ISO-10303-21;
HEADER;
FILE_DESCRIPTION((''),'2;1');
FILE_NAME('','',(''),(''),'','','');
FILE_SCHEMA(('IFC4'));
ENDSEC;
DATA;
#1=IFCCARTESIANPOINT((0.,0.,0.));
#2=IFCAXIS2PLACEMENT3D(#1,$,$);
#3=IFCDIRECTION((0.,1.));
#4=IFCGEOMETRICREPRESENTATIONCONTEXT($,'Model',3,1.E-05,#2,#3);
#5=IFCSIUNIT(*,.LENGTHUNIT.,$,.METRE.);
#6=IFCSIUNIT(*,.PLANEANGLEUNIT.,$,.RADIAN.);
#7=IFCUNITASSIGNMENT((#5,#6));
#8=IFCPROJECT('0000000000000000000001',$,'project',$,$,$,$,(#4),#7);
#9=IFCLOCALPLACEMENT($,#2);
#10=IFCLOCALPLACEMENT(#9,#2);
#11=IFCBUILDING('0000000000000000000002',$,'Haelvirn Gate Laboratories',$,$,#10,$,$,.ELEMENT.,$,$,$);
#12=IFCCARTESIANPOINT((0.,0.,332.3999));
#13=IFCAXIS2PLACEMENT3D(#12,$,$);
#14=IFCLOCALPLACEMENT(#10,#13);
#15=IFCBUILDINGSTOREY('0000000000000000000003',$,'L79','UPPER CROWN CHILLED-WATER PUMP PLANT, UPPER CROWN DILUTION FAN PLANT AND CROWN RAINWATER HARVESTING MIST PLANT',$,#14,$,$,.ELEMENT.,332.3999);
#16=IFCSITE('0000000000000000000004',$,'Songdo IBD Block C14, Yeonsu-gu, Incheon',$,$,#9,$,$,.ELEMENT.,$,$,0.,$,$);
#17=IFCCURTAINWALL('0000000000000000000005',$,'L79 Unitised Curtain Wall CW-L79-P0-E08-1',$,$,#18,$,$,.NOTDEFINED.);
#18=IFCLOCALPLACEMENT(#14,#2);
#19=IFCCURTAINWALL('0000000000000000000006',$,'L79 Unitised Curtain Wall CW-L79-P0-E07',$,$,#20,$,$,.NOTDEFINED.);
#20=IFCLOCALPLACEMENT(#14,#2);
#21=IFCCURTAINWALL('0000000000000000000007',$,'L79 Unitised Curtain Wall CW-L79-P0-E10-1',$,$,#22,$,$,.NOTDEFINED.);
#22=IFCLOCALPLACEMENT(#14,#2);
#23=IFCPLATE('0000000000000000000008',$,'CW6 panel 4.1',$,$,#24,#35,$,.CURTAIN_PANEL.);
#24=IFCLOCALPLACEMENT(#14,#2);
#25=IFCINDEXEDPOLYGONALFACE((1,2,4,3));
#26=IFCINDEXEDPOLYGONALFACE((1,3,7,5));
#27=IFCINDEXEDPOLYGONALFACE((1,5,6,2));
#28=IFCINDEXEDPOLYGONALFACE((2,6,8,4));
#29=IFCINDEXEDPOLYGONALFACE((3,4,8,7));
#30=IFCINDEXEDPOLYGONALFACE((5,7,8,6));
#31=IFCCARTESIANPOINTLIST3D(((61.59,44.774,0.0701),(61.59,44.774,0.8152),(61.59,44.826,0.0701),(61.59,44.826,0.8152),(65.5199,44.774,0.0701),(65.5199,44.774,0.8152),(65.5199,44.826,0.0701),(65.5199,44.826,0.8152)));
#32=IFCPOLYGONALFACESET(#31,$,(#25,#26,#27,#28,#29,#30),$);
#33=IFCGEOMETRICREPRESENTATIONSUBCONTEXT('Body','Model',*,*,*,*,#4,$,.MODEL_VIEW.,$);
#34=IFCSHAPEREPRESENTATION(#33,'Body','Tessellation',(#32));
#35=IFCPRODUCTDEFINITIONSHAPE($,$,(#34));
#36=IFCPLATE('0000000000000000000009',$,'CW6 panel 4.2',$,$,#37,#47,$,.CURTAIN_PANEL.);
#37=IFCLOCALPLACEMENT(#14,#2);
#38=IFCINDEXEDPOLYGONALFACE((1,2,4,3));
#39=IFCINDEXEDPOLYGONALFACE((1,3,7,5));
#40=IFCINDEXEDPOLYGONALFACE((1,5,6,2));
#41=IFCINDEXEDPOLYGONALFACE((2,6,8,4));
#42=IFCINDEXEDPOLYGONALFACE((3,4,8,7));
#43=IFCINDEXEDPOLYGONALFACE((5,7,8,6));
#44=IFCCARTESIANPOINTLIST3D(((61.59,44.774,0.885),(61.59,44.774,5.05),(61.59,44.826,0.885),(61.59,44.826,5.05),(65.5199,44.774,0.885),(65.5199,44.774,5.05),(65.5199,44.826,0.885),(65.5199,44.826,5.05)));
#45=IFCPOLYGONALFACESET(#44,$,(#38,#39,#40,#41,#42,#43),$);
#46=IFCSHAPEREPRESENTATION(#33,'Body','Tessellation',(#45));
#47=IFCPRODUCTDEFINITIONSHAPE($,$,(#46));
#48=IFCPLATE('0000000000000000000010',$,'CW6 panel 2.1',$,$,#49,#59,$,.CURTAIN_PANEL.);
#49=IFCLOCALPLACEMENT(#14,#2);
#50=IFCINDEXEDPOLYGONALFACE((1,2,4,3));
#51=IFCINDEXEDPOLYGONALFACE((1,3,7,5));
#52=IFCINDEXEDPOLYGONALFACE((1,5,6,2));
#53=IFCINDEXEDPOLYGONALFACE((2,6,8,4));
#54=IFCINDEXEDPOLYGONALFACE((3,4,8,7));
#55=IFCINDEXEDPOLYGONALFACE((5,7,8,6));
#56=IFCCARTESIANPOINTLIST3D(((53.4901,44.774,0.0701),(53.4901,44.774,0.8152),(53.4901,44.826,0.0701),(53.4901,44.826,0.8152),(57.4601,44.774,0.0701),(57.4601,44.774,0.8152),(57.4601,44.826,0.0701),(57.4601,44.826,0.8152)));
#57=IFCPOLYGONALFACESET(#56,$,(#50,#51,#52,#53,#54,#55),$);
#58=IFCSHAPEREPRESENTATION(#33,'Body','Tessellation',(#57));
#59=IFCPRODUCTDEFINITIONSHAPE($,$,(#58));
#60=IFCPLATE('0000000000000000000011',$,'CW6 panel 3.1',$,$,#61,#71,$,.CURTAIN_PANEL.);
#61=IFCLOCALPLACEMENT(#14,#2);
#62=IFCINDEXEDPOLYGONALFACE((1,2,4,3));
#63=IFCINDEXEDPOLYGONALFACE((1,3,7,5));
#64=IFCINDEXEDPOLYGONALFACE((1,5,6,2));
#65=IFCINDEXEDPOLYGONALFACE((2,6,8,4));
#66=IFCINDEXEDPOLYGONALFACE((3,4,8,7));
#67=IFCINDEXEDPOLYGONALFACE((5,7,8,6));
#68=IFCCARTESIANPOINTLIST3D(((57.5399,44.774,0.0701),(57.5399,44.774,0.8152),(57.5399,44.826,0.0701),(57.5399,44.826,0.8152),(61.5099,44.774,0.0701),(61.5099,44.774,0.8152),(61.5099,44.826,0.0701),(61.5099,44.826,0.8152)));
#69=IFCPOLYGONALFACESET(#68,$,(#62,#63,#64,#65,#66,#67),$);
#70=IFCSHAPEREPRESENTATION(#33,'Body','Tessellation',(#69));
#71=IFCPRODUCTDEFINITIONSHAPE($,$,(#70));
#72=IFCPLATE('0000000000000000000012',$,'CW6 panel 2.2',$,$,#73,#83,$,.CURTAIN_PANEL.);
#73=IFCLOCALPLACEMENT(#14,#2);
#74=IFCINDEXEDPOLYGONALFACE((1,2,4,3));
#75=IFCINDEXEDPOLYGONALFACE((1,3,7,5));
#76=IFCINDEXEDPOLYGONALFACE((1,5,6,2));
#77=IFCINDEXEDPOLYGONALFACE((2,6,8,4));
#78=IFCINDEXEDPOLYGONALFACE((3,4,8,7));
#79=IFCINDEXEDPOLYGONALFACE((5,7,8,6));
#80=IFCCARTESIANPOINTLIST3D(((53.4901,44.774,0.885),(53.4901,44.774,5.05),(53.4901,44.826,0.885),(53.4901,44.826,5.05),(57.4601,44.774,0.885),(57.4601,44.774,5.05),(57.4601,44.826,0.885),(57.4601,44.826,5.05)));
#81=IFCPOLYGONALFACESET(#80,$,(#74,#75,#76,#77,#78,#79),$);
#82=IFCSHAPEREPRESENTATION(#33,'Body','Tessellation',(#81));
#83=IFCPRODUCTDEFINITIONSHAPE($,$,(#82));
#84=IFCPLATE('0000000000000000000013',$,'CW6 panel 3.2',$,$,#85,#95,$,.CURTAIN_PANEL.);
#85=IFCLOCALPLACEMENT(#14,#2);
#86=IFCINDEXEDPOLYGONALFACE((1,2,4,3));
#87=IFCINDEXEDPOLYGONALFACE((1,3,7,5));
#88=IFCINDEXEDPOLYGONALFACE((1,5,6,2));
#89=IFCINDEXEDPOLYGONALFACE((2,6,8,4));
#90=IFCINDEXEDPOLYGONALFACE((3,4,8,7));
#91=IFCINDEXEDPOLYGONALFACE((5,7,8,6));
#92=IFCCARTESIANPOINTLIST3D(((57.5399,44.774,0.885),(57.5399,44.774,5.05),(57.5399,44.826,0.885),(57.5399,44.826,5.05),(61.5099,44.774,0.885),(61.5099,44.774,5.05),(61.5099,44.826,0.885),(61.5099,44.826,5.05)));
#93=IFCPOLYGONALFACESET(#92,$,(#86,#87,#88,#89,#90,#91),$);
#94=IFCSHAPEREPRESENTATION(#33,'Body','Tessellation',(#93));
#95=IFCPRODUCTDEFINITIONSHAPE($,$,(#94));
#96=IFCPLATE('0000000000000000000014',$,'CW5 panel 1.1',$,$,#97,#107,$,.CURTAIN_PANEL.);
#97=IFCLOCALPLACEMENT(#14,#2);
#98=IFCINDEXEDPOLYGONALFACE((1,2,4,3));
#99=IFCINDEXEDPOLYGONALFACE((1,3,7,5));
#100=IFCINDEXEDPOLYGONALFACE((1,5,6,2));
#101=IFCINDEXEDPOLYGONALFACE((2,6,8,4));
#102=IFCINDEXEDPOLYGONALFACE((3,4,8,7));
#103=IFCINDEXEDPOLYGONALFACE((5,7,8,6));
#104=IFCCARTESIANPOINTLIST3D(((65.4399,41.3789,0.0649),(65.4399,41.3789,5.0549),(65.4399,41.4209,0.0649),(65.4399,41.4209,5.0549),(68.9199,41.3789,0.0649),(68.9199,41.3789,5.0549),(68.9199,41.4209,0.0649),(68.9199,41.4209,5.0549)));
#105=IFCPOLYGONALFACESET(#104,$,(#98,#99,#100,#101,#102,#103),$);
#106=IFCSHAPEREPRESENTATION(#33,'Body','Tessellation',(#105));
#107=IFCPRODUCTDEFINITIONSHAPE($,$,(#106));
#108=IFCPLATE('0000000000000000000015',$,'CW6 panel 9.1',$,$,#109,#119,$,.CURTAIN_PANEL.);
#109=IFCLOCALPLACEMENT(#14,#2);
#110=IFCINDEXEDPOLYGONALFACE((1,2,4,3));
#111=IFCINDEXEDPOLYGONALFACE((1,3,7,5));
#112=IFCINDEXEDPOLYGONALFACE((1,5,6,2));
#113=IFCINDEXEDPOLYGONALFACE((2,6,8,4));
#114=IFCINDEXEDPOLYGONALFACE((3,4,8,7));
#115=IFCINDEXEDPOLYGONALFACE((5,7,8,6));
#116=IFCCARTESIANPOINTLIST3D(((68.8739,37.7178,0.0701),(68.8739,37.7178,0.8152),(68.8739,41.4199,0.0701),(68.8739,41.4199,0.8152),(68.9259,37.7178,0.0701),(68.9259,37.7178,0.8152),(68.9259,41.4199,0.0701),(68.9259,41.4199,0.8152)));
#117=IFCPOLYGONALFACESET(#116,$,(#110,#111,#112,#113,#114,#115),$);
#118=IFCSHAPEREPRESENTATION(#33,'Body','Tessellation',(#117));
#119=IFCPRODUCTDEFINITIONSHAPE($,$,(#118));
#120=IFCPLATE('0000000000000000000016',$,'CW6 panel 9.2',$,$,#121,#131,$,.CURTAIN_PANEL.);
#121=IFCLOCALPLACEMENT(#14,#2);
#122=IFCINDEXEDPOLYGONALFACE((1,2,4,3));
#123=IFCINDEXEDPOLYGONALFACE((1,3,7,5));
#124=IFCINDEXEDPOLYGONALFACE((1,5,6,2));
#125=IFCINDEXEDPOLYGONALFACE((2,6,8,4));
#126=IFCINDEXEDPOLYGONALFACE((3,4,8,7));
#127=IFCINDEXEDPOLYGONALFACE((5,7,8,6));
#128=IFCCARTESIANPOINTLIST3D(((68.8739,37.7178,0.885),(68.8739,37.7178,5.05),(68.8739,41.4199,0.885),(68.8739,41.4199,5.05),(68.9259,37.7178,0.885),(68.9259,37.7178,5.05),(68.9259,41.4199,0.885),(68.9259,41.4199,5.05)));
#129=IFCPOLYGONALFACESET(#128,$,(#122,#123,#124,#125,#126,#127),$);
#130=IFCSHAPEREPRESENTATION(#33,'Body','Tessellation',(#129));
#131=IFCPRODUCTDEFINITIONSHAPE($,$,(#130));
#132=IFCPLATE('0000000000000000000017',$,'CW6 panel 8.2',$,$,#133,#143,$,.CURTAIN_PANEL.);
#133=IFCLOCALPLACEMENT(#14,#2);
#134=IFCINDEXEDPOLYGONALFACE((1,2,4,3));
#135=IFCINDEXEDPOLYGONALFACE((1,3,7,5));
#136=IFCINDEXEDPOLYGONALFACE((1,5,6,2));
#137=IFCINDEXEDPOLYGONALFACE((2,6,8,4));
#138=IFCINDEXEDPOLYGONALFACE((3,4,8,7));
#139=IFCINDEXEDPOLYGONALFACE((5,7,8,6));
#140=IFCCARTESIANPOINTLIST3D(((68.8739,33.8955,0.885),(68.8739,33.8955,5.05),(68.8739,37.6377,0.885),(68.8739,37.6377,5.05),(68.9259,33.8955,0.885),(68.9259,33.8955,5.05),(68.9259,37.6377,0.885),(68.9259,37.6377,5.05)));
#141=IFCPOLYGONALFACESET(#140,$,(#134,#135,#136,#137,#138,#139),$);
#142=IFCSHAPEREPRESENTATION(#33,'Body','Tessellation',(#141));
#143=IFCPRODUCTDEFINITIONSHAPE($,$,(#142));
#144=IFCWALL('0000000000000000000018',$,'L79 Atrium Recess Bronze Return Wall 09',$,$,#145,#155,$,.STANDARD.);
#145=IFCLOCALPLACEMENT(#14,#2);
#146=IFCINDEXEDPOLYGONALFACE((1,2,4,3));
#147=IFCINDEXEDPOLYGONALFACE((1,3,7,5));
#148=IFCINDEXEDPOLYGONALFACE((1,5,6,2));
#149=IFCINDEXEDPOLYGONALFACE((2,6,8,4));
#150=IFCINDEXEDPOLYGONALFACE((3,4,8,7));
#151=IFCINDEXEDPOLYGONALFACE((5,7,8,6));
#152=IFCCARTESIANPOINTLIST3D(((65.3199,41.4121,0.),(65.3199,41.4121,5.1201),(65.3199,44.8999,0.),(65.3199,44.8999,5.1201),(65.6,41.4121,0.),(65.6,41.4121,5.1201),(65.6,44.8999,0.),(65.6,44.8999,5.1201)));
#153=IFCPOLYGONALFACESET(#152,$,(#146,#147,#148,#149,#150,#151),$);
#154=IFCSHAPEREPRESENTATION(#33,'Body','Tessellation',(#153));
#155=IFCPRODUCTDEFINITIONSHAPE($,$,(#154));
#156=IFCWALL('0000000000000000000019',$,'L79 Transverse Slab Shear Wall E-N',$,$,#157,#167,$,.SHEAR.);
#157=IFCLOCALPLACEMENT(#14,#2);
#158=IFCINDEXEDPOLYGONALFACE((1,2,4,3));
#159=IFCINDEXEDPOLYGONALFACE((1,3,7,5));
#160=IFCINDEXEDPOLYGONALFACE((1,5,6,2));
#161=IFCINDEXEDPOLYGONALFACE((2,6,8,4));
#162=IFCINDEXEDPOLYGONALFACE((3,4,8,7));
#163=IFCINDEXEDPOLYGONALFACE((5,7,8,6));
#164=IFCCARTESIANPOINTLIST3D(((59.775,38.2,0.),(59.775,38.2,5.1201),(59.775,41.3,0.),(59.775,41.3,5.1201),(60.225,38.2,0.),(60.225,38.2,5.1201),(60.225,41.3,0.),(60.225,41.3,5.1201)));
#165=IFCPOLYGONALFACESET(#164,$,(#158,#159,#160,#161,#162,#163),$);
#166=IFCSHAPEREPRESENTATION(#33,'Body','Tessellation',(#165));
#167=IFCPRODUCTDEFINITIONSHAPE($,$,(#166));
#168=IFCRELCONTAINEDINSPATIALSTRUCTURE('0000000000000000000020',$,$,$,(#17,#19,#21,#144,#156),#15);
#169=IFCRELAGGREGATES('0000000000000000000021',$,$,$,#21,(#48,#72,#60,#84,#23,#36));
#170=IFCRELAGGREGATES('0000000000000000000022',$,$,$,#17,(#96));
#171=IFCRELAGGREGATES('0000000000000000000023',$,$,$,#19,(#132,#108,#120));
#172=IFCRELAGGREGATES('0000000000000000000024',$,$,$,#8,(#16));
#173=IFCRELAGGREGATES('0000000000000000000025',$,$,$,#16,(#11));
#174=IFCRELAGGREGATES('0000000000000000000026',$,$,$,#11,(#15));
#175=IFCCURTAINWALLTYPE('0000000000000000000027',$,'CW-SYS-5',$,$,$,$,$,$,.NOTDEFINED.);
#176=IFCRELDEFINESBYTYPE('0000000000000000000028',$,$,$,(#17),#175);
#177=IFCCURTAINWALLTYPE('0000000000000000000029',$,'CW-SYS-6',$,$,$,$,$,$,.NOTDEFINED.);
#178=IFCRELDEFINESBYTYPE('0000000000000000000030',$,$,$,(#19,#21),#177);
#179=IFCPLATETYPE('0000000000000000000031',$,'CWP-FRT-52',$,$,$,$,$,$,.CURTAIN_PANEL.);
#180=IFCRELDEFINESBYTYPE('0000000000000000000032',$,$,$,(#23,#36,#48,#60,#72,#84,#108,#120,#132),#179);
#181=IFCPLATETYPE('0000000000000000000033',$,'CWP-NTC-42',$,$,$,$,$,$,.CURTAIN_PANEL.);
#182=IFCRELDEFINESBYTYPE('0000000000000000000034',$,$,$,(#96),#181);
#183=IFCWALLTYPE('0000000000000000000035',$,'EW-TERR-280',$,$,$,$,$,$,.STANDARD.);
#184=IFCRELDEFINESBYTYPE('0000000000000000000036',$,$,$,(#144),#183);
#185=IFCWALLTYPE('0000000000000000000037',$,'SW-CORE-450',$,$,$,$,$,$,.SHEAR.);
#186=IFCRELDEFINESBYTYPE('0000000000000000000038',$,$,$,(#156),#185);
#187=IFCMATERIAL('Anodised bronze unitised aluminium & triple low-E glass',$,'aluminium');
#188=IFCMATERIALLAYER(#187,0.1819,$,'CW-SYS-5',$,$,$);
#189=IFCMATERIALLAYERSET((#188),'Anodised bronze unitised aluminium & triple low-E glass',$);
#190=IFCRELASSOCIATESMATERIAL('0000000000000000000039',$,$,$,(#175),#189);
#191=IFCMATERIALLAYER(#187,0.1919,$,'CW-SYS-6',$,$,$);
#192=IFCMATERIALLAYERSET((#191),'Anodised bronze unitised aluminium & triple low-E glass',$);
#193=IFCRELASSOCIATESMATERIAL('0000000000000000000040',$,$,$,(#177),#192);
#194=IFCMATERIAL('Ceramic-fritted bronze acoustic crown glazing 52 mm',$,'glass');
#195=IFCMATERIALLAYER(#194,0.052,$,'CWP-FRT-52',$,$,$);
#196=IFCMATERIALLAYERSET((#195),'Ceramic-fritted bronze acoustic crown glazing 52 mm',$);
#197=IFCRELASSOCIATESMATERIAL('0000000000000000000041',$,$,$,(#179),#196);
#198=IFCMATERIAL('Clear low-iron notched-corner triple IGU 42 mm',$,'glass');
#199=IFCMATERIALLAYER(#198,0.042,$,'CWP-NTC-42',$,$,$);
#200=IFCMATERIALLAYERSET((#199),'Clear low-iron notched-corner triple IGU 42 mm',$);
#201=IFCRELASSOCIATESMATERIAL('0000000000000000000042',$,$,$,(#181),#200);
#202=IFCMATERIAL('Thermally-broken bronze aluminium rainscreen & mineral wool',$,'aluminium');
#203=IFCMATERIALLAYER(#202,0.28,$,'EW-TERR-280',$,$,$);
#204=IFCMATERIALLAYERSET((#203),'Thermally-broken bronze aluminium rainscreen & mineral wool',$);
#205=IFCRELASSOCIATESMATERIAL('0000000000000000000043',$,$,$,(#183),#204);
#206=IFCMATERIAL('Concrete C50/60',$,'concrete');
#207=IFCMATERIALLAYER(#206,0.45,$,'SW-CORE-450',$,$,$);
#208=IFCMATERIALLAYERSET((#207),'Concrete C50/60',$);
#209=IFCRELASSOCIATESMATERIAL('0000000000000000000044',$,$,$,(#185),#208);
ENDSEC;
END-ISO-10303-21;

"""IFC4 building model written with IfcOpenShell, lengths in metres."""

from ifc_helpers import new_model, si_unit, direction, frame, frame_2d, origin, origin_2d, place, context, subcontext, project, spatial, rectangle, extrude, source, transform, mapped, material, layer, layer_set, type_object, type_shapes, element, aggregate, save


model = new_model("IFC4")

# Units and contexts
model_context = context("Model", 3, precision=1e-05, world=origin(), true_north=direction((0.0, 1.0)))
body_context = subcontext(model_context, "Body", "Model", "MODEL_VIEW")
ifc_project = project(units=[si_unit("LENGTHUNIT", "METRE"), si_unit("PLANEANGLEUNIT", "RADIAN")], contexts=[model_context])

# Site, building, storey
site_placement = place(None, origin())
site = spatial("IfcSite", under=ifc_project, at=site_placement, Name="Songdo IBD Block C14, Yeonsu-gu, Incheon", CompositionType="ELEMENT", RefElevation=0.0)
building_placement = place(site_placement, origin())
building = spatial("IfcBuilding", under=site, at=building_placement, Name="Haelvirn Gate Laboratories", CompositionType="ELEMENT")
storey_placement = place(building_placement, frame((0.0, 0.0, 332.3999)))
storey = spatial("IfcBuildingStorey", under=building, at=storey_placement, Name="L79", Description="UPPER CROWN CHILLED-WATER PUMP PLANT, UPPER CROWN DILUTION FAN PLANT AND CROWN RAINWATER HARVESTING MIST PLANT", CompositionType="ELEMENT", Elevation=332.3999)

# Shared definitions
ifc_material_1 = material(Name="Concrete C50/60", Category="concrete")

# Curtain walls
ifc_material_2 = material(Name="Anodised bronze unitised aluminium & triple low-E glass", Category="aluminium")
ifc_layer_1 = layer(ifc_material_2, 0.1819, Name="CW-SYS-5")
ifc_layer_set_1 = layer_set([ifc_layer_1], Name="Anodised bronze unitised aluminium & triple low-E glass")
curtain_wall_type_1 = type_object("IfcCurtainWallType", Name="CW-SYS-5", PredefinedType="NOTDEFINED", material=ifc_layer_set_1)
curtain_wall_1_placement = place(storey_placement, origin())
curtain_wall_1 = element("IfcCurtainWall", 1, at=curtain_wall_1_placement, inside=storey, type_object=curtain_wall_type_1, Name="L79 Unitised Curtain Wall CW-L79-P0-E08-1", PredefinedType="NOTDEFINED")
ifc_layer_2 = layer(ifc_material_2, 0.1919, Name="CW-SYS-6")
ifc_layer_set_2 = layer_set([ifc_layer_2], Name="Anodised bronze unitised aluminium & triple low-E glass")
curtain_wall_type_2 = type_object("IfcCurtainWallType", Name="CW-SYS-6", PredefinedType="NOTDEFINED", material=ifc_layer_set_2)
curtain_wall_2_placement = place(storey_placement, origin())
curtain_wall_2 = element("IfcCurtainWall", 2, at=curtain_wall_2_placement, inside=storey, type_object=curtain_wall_type_2, Name="L79 Unitised Curtain Wall CW-L79-P0-E07", PredefinedType="NOTDEFINED")

# Curtain wall
curtain_wall_3_placement = place(storey_placement, origin())
curtain_wall_3 = element("IfcCurtainWall", 3, at=curtain_wall_3_placement, inside=storey, type_object=curtain_wall_type_2, Name="L79 Unitised Curtain Wall CW-L79-P0-E10-1", PredefinedType="NOTDEFINED")

# Plates
ifc_material_3 = material(Name="Ceramic-fritted bronze acoustic crown glazing 52 mm", Category="glass")
ifc_layer_3 = layer(ifc_material_3, 0.052, Name="CWP-FRT-52")
ifc_layer_set_3 = layer_set([ifc_layer_3], Name="Ceramic-fritted bronze acoustic crown glazing 52 mm")
plate_type_1 = type_object("IfcPlateType", Name="CWP-FRT-52", PredefinedType="CURTAIN_PANEL", material=ifc_layer_set_3)
shared_shape_1 = source(origin(), body_context, "Body", "SweptSolid", [
    extrude(rectangle(XDim=3.9299, YDim=0.052, at=origin_2d()), origin(), (0.0, 0.0, 1.0), 0.7451),
])
plate_1_placement = place(storey_placement, frame((63.5549, 44.8, 0.0701), z_axis=(0.0, 0.0, 1.0), x_axis=(1.0, 0.0, 0.0)))
plate_1 = element("IfcPlate", 4, at=plate_1_placement, type_object=plate_type_1, Name="CW6 panel 4.1", PredefinedType="CURTAIN_PANEL", context=body_context, shape_type="MappedRepresentation", body=[
    mapped(shared_shape_1, transform((0.0, 0.0, 0.0), scale=1.0)),
])
shared_shape_2 = source(origin(), body_context, "Body", "SweptSolid", [
    extrude(rectangle(XDim=3.9299, YDim=0.052, at=origin_2d()), origin(), (0.0, 0.0, 1.0), 4.165),
])
plate_2_placement = place(storey_placement, frame((63.5549, 44.8, 0.885), z_axis=(0.0, 0.0, 1.0), x_axis=(1.0, 0.0, 0.0)))
plate_2 = element("IfcPlate", 5, at=plate_2_placement, type_object=plate_type_1, Name="CW6 panel 4.2", PredefinedType="CURTAIN_PANEL", context=body_context, shape_type="MappedRepresentation", body=[
    mapped(shared_shape_2, transform((0.0, 0.0, 0.0), scale=1.0)),
])
shared_shape_3 = source(origin(), body_context, "Body", "SweptSolid", [
    extrude(rectangle(XDim=3.97, YDim=0.052, at=origin_2d()), origin(), (0.0, 0.0, 1.0), 0.7451),
])
plate_3_placement = place(storey_placement, frame((55.4751, 44.8, 0.0701), z_axis=(0.0, 0.0, 1.0), x_axis=(1.0, 0.0, 0.0)))
plate_3 = element("IfcPlate", 6, at=plate_3_placement, type_object=plate_type_1, Name="CW6 panel 2.1", PredefinedType="CURTAIN_PANEL", context=body_context, shape_type="MappedRepresentation", body=[
    mapped(shared_shape_3, transform((0.0, 0.0, 0.0), scale=1.0)),
])
plate_4_placement = place(storey_placement, frame((59.5249, 44.8, 0.0701), z_axis=(0.0, 0.0, 1.0), x_axis=(1.0, 0.0, 0.0)))
plate_4 = element("IfcPlate", 7, at=plate_4_placement, type_object=plate_type_1, Name="CW6 panel 3.1", PredefinedType="CURTAIN_PANEL", context=body_context, shape_type="MappedRepresentation", body=[
    mapped(shared_shape_3, transform((0.0, 0.0, 0.0), scale=1.0)),
])
shared_shape_4 = source(origin(), body_context, "Body", "SweptSolid", [
    extrude(rectangle(XDim=3.97, YDim=0.052, at=origin_2d()), origin(), (0.0, 0.0, 1.0), 4.165),
])
plate_5_placement = place(storey_placement, frame((55.4751, 44.8, 0.885), z_axis=(0.0, 0.0, 1.0), x_axis=(1.0, 0.0, 0.0)))
plate_5 = element("IfcPlate", 8, at=plate_5_placement, type_object=plate_type_1, Name="CW6 panel 2.2", PredefinedType="CURTAIN_PANEL", context=body_context, shape_type="MappedRepresentation", body=[
    mapped(shared_shape_4, transform((0.0, 0.0, 0.0), scale=1.0)),
])
plate_6_placement = place(storey_placement, frame((59.5249, 44.8, 0.885), z_axis=(0.0, 0.0, 1.0), x_axis=(1.0, 0.0, 0.0)))
plate_6 = element("IfcPlate", 9, at=plate_6_placement, type_object=plate_type_1, Name="CW6 panel 3.2", PredefinedType="CURTAIN_PANEL", context=body_context, shape_type="MappedRepresentation", body=[
    mapped(shared_shape_4, transform((0.0, 0.0, 0.0), scale=1.0)),
])
aggregate(curtain_wall_3, [plate_3, plate_5, plate_4, plate_6, plate_1, plate_2])
ifc_material_4 = material(Name="Clear low-iron notched-corner triple IGU 42 mm", Category="glass")
ifc_layer_4 = layer(ifc_material_4, 0.042, Name="CWP-NTC-42")
ifc_layer_set_4 = layer_set([ifc_layer_4], Name="Clear low-iron notched-corner triple IGU 42 mm")
plate_type_2 = type_object("IfcPlateType", Name="CWP-NTC-42", PredefinedType="CURTAIN_PANEL", material=ifc_layer_set_4)
shared_shape_5 = source(origin(), body_context, "Body", "SweptSolid", [
    extrude(rectangle(XDim=3.48, YDim=0.042, at=origin_2d()), origin(), (0.0, 0.0, 1.0), 4.99),
])
type_shapes(plate_type_2, [shared_shape_5])
plate_7_placement = place(storey_placement, frame((67.1799, 41.3999, 0.0649), z_axis=(0.0, 0.0, 1.0), x_axis=(1.0, 0.0, 0.0)))
plate_7 = element("IfcPlate", 10, at=plate_7_placement, type_object=plate_type_2, Name="CW5 panel 1.1", PredefinedType="CURTAIN_PANEL", context=body_context, shape_type="MappedRepresentation", body=[
    mapped(shared_shape_5, transform((0.0, 0.0, 0.0), scale=1.0)),
])
aggregate(curtain_wall_1, [plate_7])
shared_shape_6 = source(origin(), body_context, "Body", "SweptSolid", [
    extrude(rectangle(XDim=3.7021, YDim=0.052, at=origin_2d()), origin(), (0.0, 0.0, 1.0), 0.7451),
])
plate_8_placement = place(storey_placement, frame((68.8999, 39.5688, 0.0701), z_axis=(0.0, 0.0, 1.0), x_axis=(0.0, 1.0, 0.0)))
plate_8 = element("IfcPlate", 11, at=plate_8_placement, type_object=plate_type_1, Name="CW6 panel 9.1", PredefinedType="CURTAIN_PANEL", context=body_context, shape_type="MappedRepresentation", body=[
    mapped(shared_shape_6, transform((0.0, 0.0, 0.0), scale=1.0)),
])
shared_shape_7 = source(origin(), body_context, "Body", "SweptSolid", [
    extrude(rectangle(XDim=3.7021, YDim=0.052, at=origin_2d()), origin(), (0.0, 0.0, 1.0), 4.165),
])
plate_9_placement = place(storey_placement, frame((68.8999, 39.5688, 0.885), z_axis=(0.0, 0.0, 1.0), x_axis=(0.0, 1.0, 0.0)))
plate_9 = element("IfcPlate", 12, at=plate_9_placement, type_object=plate_type_1, Name="CW6 panel 9.2", PredefinedType="CURTAIN_PANEL", context=body_context, shape_type="MappedRepresentation", body=[
    mapped(shared_shape_7, transform((0.0, 0.0, 0.0), scale=1.0)),
])
shared_shape_8 = source(origin(), body_context, "Body", "SweptSolid", [
    extrude(rectangle(XDim=3.7422, YDim=0.052, at=origin_2d()), origin(), (0.0, 0.0, 1.0), 4.165),
])
type_shapes(plate_type_1, [shared_shape_1, shared_shape_2, shared_shape_3, shared_shape_4, shared_shape_6, shared_shape_7, shared_shape_8])
plate_10_placement = place(storey_placement, frame((68.8999, 35.7666, 0.885), z_axis=(0.0, 0.0, 1.0), x_axis=(0.0, 1.0, 0.0)))
plate_10 = element("IfcPlate", 13, at=plate_10_placement, type_object=plate_type_1, Name="CW6 panel 8.2", PredefinedType="CURTAIN_PANEL", context=body_context, shape_type="MappedRepresentation", body=[
    mapped(shared_shape_8, transform((0.0, 0.0, 0.0), scale=1.0)),
])
aggregate(curtain_wall_2, [plate_10, plate_8, plate_9])

# Walls
ifc_material_5 = material(Name="Thermally-broken bronze aluminium rainscreen & mineral wool", Category="aluminium")
ifc_layer_5 = layer(ifc_material_5, 0.28, Name="EW-TERR-280")
ifc_layer_set_5 = layer_set([ifc_layer_5], Name="Thermally-broken bronze aluminium rainscreen & mineral wool")
wall_type_1 = type_object("IfcWallType", Name="EW-TERR-280", PredefinedType="STANDARD", material=ifc_layer_set_5)
wall_1_placement = place(storey_placement, frame((65.46, 41.4121, 0.0), z_axis=(0.0, 0.0, 1.0), x_axis=(0.0, 1.0, 0.0)))
element("IfcWall", 14, at=wall_1_placement, inside=storey, type_object=wall_type_1, Name="L79 Atrium Recess Bronze Return Wall 09", PredefinedType="STANDARD", context=body_context, shape_type="SweptSolid", body=[
    extrude(rectangle(XDim=3.4878, YDim=0.28, at=frame_2d((1.7439, 0.0))), origin(), (0.0, 0.0, 1.0), 5.1201),
])
ifc_layer_6 = layer(ifc_material_1, 0.45, Name="SW-CORE-450")
ifc_layer_set_6 = layer_set([ifc_layer_6], Name="Concrete C50/60")
wall_type_2 = type_object("IfcWallType", Name="SW-CORE-450", PredefinedType="SHEAR", material=ifc_layer_set_6)
wall_2_placement = place(storey_placement, frame((60.0, 38.2, 0.0), z_axis=(0.0, 0.0, 1.0), x_axis=(0.0, 1.0, 0.0)))
element("IfcWall", 15, at=wall_2_placement, inside=storey, type_object=wall_type_2, Name="L79 Transverse Slab Shear Wall E-N", PredefinedType="SHEAR", context=body_context, shape_type="SweptSolid", body=[
    extrude(rectangle(XDim=3.1001, YDim=0.45, at=frame_2d((1.55, 0.0))), origin(), (0.0, 0.0, 1.0), 5.1201),
])

save(model, "model.ifc")
